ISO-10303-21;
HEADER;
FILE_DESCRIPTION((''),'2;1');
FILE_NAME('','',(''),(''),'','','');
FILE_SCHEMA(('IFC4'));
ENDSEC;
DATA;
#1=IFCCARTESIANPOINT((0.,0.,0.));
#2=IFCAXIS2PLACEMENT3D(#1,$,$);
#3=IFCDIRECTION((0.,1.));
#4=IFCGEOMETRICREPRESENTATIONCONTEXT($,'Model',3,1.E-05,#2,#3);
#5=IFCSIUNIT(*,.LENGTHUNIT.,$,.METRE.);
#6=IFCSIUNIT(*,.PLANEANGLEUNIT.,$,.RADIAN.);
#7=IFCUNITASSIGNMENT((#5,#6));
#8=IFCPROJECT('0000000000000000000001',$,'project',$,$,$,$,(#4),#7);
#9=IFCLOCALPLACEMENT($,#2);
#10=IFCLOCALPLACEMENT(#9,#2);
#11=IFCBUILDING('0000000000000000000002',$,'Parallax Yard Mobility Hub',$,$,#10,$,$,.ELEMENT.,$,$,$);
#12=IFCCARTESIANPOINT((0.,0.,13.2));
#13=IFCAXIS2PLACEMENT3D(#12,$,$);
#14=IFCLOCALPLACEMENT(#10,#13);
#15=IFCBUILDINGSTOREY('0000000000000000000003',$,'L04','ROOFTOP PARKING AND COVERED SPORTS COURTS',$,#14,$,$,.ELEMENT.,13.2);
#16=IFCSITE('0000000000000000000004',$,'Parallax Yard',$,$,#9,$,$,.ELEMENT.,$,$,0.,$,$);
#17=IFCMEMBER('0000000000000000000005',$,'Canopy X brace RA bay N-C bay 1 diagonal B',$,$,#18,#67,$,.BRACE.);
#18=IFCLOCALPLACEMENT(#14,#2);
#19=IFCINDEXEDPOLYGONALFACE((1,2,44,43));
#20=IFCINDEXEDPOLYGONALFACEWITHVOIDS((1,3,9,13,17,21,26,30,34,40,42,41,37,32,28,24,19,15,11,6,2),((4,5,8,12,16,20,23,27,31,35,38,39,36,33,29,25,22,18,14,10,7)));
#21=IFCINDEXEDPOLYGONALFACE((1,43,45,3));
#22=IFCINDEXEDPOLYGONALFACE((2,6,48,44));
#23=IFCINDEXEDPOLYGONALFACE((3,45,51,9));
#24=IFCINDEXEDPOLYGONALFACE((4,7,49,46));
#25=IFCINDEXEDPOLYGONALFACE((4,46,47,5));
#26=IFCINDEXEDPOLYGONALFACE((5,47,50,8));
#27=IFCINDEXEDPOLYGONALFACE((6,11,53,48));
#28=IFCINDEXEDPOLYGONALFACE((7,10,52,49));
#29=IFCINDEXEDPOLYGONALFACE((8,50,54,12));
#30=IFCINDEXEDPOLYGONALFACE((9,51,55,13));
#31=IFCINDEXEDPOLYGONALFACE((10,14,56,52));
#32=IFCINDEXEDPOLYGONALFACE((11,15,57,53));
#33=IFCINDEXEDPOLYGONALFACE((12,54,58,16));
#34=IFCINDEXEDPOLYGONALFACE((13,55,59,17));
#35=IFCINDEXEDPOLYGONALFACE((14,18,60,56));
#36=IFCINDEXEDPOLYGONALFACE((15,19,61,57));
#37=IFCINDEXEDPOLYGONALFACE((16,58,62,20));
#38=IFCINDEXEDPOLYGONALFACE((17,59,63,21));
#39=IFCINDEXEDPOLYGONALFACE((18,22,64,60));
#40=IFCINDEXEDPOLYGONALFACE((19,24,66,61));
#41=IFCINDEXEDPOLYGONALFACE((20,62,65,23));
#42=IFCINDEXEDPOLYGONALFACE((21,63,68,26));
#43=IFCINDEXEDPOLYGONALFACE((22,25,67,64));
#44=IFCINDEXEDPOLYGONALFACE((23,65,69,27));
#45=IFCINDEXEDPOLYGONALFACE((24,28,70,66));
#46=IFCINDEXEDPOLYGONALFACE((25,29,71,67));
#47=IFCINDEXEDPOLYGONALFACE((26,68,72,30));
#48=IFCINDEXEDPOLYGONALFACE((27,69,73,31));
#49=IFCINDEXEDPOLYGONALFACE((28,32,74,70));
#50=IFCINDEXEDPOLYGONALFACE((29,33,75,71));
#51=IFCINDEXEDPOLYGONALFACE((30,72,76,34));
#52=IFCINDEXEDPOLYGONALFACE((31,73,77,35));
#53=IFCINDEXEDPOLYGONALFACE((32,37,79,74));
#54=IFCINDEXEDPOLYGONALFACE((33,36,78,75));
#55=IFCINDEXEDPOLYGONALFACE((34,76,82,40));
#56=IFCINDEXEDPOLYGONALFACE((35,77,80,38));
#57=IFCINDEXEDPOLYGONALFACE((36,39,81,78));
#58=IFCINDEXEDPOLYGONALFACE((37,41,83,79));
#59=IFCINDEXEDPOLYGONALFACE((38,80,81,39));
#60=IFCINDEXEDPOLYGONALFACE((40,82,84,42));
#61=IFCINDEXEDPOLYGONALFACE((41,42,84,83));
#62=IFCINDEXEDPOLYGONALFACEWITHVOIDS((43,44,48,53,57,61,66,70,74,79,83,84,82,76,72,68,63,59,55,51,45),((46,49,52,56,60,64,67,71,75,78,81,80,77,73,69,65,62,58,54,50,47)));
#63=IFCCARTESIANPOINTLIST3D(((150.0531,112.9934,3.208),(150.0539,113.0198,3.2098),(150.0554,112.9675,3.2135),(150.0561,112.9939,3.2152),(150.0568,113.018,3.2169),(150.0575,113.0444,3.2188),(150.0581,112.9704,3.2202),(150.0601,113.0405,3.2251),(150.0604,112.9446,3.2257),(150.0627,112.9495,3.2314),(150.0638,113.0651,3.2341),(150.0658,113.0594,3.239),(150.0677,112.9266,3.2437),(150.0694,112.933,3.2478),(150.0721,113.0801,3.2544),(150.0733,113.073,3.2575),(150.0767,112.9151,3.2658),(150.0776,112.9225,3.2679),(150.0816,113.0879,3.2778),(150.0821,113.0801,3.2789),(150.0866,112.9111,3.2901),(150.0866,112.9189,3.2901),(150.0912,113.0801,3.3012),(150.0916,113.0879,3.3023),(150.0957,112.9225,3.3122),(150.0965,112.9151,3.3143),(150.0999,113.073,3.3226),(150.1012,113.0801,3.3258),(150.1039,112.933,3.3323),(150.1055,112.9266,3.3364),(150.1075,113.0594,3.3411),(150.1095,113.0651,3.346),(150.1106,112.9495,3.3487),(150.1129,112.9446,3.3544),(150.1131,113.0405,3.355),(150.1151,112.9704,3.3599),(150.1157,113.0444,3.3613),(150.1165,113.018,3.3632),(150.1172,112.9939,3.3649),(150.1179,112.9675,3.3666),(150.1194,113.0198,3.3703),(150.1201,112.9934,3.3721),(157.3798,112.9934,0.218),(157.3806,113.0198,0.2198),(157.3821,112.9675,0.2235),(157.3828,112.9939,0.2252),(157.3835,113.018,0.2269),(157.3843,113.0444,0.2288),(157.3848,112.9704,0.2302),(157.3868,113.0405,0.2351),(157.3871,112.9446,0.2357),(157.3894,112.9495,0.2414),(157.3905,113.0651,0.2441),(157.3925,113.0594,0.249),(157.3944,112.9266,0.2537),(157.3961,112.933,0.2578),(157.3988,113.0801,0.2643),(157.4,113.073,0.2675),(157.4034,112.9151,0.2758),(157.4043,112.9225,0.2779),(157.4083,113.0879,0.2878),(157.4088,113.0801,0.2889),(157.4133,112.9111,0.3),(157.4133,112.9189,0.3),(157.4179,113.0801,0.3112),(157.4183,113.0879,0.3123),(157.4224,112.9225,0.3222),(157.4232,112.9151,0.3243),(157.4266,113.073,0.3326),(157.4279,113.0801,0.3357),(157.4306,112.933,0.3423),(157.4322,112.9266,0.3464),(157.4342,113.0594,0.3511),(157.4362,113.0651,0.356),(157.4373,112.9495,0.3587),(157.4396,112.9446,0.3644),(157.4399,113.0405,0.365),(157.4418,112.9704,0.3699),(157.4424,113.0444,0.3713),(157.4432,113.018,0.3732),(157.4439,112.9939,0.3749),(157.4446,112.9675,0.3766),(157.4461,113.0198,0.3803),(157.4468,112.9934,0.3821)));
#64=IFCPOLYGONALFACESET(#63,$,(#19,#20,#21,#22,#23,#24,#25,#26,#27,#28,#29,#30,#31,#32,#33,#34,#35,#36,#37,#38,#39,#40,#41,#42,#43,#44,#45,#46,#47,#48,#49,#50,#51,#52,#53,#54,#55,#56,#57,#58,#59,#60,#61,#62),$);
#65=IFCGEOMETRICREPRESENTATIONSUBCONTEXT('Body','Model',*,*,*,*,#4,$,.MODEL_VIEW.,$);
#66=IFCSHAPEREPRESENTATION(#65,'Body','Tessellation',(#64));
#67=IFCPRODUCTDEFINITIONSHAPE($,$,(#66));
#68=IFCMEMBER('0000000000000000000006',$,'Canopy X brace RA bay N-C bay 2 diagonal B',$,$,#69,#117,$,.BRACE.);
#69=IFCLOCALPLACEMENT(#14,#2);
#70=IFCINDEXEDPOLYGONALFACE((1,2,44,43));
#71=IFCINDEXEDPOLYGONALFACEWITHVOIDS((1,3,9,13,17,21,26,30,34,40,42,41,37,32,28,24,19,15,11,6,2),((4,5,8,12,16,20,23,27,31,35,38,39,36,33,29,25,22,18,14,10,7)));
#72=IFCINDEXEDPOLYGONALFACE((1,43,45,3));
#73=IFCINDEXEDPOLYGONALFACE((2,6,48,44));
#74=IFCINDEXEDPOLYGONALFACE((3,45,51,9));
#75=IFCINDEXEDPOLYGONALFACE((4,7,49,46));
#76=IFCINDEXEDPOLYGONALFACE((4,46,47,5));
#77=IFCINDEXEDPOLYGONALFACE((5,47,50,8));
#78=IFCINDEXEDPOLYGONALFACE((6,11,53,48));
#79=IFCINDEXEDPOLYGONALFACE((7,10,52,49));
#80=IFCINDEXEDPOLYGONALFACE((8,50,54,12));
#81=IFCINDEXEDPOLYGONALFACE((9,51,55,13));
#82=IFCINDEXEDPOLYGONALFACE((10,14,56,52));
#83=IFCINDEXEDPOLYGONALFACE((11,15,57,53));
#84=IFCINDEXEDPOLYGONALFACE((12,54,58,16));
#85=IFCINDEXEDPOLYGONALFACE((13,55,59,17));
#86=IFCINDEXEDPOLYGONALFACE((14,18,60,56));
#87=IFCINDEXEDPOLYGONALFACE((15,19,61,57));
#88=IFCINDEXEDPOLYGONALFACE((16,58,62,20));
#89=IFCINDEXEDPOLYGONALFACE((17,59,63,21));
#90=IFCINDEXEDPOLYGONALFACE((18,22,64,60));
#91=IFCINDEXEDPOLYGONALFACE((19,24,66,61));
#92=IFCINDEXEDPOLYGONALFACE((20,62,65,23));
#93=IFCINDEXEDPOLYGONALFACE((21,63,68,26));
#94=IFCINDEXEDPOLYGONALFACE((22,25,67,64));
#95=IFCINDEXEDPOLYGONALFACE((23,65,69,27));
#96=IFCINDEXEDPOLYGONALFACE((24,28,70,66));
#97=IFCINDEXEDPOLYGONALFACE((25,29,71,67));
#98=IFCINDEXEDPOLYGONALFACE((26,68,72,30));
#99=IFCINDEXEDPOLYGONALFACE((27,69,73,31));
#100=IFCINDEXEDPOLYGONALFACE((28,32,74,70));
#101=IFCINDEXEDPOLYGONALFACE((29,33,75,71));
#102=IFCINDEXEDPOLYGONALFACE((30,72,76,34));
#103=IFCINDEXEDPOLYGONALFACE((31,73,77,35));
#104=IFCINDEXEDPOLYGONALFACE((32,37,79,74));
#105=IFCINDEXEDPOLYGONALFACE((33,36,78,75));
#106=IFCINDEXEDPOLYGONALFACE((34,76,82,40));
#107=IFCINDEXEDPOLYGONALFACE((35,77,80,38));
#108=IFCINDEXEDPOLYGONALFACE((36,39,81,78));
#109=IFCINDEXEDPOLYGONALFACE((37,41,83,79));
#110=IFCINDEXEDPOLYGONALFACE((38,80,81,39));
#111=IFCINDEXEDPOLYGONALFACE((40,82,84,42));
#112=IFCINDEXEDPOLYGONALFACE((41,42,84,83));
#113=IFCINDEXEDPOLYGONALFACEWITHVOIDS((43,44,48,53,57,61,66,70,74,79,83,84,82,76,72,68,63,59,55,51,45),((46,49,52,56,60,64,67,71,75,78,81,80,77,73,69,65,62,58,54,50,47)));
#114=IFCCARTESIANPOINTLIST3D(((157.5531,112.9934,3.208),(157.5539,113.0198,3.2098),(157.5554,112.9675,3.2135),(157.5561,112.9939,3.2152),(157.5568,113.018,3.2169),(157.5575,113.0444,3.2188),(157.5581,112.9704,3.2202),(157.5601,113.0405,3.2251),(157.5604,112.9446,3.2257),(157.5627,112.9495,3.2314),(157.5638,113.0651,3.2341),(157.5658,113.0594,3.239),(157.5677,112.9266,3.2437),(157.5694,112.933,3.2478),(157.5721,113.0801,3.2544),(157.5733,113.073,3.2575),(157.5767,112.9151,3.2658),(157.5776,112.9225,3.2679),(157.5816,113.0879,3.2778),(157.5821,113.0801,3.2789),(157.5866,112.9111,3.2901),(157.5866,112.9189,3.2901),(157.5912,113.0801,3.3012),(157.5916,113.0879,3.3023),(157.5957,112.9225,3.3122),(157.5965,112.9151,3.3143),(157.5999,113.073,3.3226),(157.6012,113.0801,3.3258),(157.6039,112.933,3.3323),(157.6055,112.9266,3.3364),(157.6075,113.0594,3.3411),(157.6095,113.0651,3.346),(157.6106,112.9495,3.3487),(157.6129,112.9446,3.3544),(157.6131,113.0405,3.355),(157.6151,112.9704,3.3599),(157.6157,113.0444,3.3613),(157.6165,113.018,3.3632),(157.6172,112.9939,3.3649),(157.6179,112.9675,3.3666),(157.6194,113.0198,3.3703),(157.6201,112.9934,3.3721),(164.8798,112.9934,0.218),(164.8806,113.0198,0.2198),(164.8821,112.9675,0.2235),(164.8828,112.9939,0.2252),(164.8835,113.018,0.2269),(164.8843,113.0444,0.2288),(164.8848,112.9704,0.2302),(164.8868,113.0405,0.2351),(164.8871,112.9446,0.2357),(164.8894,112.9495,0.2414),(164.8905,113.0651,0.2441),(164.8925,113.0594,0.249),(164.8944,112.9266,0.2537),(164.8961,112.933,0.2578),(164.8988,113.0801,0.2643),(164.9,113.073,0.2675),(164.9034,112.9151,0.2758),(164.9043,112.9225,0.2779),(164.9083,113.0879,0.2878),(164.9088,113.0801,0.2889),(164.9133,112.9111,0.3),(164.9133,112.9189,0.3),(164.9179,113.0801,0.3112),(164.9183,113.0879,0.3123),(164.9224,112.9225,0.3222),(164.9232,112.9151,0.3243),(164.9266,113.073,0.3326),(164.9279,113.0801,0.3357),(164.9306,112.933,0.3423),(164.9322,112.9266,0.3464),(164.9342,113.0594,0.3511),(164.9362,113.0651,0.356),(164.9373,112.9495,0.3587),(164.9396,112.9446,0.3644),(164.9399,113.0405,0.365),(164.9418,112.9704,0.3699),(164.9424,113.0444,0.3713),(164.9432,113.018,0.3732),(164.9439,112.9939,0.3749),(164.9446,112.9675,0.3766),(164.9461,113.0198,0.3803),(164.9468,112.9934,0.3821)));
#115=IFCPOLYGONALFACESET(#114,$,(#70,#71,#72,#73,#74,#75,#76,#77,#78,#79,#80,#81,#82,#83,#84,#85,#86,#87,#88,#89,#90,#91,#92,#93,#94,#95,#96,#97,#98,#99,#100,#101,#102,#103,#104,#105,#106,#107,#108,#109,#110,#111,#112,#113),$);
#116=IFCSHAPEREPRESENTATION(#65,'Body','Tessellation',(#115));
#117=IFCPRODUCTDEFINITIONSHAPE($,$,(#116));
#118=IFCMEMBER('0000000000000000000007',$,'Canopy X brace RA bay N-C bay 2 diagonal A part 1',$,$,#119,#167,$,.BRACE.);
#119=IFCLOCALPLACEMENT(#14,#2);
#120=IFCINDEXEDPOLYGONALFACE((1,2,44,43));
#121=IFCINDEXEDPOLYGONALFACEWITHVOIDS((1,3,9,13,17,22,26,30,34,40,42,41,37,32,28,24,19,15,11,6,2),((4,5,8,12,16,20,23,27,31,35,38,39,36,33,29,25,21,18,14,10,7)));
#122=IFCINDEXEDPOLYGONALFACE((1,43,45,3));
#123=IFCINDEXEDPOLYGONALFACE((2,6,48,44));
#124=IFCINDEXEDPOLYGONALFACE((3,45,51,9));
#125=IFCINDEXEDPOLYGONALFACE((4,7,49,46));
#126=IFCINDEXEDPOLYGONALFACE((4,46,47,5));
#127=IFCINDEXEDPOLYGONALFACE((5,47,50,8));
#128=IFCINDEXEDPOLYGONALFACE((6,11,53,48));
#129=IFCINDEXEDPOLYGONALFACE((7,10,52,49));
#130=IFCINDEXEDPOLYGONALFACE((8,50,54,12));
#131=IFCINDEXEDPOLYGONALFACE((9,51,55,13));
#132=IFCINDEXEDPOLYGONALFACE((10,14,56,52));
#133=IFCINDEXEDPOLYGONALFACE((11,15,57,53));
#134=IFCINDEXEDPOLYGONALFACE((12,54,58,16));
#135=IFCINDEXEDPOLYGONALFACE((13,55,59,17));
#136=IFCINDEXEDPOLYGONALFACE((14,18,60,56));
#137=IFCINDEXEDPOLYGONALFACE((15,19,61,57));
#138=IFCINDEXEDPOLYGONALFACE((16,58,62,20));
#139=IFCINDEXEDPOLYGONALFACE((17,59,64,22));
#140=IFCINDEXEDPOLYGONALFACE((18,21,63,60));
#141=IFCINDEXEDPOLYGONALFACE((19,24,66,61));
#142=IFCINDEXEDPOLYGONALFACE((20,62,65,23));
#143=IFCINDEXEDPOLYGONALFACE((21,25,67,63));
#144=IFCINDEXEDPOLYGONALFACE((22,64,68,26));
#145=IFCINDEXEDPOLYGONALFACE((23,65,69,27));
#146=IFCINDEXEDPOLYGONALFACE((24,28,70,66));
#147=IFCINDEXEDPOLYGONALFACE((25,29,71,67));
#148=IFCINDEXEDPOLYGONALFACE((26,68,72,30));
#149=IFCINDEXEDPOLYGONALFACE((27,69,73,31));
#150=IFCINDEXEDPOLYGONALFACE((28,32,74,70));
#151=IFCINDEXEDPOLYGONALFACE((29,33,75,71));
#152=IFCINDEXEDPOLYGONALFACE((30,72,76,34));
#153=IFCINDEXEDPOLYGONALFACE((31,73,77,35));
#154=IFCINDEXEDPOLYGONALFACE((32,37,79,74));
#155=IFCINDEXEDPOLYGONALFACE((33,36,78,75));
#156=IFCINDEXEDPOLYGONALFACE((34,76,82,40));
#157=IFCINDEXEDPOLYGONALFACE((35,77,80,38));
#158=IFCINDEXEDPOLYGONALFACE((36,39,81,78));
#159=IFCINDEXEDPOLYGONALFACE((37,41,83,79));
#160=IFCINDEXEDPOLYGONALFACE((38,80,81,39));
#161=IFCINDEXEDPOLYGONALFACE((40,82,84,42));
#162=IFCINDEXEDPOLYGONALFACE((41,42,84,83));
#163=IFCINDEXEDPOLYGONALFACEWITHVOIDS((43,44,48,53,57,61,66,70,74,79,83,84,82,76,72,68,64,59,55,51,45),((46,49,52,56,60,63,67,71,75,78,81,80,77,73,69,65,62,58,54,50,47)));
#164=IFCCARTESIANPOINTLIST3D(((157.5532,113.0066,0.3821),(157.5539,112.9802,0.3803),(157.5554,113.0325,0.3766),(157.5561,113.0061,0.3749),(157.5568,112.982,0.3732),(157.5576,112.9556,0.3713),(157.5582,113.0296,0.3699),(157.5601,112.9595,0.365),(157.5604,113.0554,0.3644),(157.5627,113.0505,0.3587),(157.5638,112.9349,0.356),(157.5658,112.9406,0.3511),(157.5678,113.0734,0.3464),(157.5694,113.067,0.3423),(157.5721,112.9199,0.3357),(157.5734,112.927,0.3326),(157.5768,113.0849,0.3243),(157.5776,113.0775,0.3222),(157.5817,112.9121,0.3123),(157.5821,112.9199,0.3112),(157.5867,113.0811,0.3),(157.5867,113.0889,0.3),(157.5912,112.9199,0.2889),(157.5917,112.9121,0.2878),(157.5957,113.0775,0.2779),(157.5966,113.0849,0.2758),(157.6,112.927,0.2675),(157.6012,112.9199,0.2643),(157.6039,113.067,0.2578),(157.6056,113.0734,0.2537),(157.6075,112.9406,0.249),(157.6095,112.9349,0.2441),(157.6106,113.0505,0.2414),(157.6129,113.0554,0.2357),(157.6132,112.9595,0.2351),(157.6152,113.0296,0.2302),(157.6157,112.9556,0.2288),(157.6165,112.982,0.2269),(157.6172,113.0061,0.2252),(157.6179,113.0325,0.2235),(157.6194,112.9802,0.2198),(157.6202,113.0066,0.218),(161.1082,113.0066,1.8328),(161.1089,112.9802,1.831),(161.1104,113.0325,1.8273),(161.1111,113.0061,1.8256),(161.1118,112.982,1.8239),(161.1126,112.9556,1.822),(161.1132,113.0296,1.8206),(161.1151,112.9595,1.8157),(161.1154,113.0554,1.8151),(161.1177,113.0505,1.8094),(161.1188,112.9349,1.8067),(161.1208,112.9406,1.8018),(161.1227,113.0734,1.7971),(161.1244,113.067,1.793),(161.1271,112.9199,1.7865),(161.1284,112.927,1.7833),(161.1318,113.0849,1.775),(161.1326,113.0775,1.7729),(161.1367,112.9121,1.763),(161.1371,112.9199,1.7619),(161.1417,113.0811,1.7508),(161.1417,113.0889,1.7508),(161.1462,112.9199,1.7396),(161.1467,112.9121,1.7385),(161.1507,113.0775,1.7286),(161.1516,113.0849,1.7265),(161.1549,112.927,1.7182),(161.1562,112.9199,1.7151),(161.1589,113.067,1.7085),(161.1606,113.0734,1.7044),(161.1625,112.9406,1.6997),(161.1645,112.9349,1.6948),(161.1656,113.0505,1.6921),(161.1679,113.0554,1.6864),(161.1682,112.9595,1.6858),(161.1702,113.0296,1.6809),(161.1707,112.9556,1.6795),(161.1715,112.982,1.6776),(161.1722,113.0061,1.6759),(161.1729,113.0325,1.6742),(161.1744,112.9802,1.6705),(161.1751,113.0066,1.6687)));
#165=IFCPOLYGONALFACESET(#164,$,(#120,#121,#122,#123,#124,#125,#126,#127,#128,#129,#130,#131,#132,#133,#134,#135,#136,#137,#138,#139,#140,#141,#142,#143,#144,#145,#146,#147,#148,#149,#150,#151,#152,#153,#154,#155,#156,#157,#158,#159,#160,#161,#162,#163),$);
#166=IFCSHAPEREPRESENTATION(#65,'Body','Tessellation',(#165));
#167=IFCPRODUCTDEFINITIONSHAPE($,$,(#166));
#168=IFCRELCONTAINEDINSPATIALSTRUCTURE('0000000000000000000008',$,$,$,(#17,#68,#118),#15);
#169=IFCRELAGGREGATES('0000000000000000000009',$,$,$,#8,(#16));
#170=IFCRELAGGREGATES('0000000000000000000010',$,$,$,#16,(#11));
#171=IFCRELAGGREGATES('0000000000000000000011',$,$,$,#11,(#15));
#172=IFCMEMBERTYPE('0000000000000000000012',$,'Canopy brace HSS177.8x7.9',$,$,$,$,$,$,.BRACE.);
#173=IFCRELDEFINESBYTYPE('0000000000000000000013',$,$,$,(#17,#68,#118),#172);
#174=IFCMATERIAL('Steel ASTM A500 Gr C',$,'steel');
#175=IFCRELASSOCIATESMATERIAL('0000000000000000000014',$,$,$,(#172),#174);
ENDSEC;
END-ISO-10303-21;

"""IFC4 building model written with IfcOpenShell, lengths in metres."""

from ifc_helpers import new_model, si_unit, direction, frame, origin, origin_2d, place, context, subcontext, project, spatial, hollow_circle, extrude, material, material_profile, profile_set, type_object, element, save


model = new_model("IFC4")

# Units and contexts
model_context = context("Model", 3, precision=1e-05, world=origin(), true_north=direction((0.0, 1.0)))
body_context = subcontext(model_context, "Body", "Model", "MODEL_VIEW")
ifc_project = project(units=[si_unit("LENGTHUNIT", "METRE"), si_unit("PLANEANGLEUNIT", "RADIAN")], contexts=[model_context])

# Site, building, storey
site_placement = place(None, origin())
site = spatial("IfcSite", under=ifc_project, at=site_placement, Name="Parallax Yard", CompositionType="ELEMENT", RefElevation=0.0)
building_placement = place(site_placement, origin())
building = spatial("IfcBuilding", under=site, at=building_placement, Name="Parallax Yard Mobility Hub", CompositionType="ELEMENT")
storey_placement = place(building_placement, frame((0.0, 0.0, 13.2)))
storey = spatial("IfcBuildingStorey", under=building, at=storey_placement, Name="L04", Description="ROOFTOP PARKING AND COVERED SPORTS COURTS", CompositionType="ELEMENT", Elevation=13.2)

# Members
ifc_material_1 = material(Name="Steel ASTM A500 Gr C", Category="steel")
ifc_material_profile_1 = material_profile(ifc_material_1, hollow_circle(Radius=0.0889, WallThickness=0.0078, at=origin_2d()), Name="HSS177.8x7.9")
ifc_profile_set_1 = profile_set([ifc_material_profile_1], Name="Steel ASTM A500 Gr C")
member_type_1 = type_object("IfcMemberType", Name="Canopy brace HSS177.8x7.9", PredefinedType="BRACE", material=ifc_profile_set_1)
for number, where, z_axis, x_axis, name in (
    (1, (157.4133, 113.0, 0.3), (-0.925869, 0.0, 0.377845), (0.0, -1.0, 0.0), "Canopy X brace RA bay N-C bay 1 diagonal B"),
    (2, (164.9133, 113.0, 0.3), (-0.925869, 0.0, 0.377845), (0.0, -1.0, 0.0), "Canopy X brace RA bay N-C bay 2 diagonal B"),
):
    element("IfcMember", number, at=place(storey_placement, frame(where, z_axis=z_axis, x_axis=x_axis)), inside=storey, type_object=member_type_1, Name=name, PredefinedType="BRACE", context=body_context, shape_type="SweptSolid", body=[
        extrude(hollow_circle(Radius=0.0889, WallThickness=0.0078, at=origin_2d()), origin(), (0.0, 0.0, 1.0), 7.9133),
    ])
for number, where, z_axis, x_axis, name in (
    (3, (157.5867, 113.0, 0.3), (0.925876, 0.0, 0.377828), (0.0, 1.0, 0.0), "Canopy X brace RA bay N-C bay 2 diagonal A part 1"),
):
    element("IfcMember", number, at=place(storey_placement, frame(where, z_axis=z_axis, x_axis=x_axis)), inside=storey, type_object=member_type_1, Name=name, PredefinedType="BRACE", context=body_context, shape_type="SweptSolid", body=[
        extrude(hollow_circle(Radius=0.0889, WallThickness=0.0078, at=origin_2d()), origin(), (0.0, 0.0, 1.0), 3.8396),
    ])

save(model, "model.ifc")
